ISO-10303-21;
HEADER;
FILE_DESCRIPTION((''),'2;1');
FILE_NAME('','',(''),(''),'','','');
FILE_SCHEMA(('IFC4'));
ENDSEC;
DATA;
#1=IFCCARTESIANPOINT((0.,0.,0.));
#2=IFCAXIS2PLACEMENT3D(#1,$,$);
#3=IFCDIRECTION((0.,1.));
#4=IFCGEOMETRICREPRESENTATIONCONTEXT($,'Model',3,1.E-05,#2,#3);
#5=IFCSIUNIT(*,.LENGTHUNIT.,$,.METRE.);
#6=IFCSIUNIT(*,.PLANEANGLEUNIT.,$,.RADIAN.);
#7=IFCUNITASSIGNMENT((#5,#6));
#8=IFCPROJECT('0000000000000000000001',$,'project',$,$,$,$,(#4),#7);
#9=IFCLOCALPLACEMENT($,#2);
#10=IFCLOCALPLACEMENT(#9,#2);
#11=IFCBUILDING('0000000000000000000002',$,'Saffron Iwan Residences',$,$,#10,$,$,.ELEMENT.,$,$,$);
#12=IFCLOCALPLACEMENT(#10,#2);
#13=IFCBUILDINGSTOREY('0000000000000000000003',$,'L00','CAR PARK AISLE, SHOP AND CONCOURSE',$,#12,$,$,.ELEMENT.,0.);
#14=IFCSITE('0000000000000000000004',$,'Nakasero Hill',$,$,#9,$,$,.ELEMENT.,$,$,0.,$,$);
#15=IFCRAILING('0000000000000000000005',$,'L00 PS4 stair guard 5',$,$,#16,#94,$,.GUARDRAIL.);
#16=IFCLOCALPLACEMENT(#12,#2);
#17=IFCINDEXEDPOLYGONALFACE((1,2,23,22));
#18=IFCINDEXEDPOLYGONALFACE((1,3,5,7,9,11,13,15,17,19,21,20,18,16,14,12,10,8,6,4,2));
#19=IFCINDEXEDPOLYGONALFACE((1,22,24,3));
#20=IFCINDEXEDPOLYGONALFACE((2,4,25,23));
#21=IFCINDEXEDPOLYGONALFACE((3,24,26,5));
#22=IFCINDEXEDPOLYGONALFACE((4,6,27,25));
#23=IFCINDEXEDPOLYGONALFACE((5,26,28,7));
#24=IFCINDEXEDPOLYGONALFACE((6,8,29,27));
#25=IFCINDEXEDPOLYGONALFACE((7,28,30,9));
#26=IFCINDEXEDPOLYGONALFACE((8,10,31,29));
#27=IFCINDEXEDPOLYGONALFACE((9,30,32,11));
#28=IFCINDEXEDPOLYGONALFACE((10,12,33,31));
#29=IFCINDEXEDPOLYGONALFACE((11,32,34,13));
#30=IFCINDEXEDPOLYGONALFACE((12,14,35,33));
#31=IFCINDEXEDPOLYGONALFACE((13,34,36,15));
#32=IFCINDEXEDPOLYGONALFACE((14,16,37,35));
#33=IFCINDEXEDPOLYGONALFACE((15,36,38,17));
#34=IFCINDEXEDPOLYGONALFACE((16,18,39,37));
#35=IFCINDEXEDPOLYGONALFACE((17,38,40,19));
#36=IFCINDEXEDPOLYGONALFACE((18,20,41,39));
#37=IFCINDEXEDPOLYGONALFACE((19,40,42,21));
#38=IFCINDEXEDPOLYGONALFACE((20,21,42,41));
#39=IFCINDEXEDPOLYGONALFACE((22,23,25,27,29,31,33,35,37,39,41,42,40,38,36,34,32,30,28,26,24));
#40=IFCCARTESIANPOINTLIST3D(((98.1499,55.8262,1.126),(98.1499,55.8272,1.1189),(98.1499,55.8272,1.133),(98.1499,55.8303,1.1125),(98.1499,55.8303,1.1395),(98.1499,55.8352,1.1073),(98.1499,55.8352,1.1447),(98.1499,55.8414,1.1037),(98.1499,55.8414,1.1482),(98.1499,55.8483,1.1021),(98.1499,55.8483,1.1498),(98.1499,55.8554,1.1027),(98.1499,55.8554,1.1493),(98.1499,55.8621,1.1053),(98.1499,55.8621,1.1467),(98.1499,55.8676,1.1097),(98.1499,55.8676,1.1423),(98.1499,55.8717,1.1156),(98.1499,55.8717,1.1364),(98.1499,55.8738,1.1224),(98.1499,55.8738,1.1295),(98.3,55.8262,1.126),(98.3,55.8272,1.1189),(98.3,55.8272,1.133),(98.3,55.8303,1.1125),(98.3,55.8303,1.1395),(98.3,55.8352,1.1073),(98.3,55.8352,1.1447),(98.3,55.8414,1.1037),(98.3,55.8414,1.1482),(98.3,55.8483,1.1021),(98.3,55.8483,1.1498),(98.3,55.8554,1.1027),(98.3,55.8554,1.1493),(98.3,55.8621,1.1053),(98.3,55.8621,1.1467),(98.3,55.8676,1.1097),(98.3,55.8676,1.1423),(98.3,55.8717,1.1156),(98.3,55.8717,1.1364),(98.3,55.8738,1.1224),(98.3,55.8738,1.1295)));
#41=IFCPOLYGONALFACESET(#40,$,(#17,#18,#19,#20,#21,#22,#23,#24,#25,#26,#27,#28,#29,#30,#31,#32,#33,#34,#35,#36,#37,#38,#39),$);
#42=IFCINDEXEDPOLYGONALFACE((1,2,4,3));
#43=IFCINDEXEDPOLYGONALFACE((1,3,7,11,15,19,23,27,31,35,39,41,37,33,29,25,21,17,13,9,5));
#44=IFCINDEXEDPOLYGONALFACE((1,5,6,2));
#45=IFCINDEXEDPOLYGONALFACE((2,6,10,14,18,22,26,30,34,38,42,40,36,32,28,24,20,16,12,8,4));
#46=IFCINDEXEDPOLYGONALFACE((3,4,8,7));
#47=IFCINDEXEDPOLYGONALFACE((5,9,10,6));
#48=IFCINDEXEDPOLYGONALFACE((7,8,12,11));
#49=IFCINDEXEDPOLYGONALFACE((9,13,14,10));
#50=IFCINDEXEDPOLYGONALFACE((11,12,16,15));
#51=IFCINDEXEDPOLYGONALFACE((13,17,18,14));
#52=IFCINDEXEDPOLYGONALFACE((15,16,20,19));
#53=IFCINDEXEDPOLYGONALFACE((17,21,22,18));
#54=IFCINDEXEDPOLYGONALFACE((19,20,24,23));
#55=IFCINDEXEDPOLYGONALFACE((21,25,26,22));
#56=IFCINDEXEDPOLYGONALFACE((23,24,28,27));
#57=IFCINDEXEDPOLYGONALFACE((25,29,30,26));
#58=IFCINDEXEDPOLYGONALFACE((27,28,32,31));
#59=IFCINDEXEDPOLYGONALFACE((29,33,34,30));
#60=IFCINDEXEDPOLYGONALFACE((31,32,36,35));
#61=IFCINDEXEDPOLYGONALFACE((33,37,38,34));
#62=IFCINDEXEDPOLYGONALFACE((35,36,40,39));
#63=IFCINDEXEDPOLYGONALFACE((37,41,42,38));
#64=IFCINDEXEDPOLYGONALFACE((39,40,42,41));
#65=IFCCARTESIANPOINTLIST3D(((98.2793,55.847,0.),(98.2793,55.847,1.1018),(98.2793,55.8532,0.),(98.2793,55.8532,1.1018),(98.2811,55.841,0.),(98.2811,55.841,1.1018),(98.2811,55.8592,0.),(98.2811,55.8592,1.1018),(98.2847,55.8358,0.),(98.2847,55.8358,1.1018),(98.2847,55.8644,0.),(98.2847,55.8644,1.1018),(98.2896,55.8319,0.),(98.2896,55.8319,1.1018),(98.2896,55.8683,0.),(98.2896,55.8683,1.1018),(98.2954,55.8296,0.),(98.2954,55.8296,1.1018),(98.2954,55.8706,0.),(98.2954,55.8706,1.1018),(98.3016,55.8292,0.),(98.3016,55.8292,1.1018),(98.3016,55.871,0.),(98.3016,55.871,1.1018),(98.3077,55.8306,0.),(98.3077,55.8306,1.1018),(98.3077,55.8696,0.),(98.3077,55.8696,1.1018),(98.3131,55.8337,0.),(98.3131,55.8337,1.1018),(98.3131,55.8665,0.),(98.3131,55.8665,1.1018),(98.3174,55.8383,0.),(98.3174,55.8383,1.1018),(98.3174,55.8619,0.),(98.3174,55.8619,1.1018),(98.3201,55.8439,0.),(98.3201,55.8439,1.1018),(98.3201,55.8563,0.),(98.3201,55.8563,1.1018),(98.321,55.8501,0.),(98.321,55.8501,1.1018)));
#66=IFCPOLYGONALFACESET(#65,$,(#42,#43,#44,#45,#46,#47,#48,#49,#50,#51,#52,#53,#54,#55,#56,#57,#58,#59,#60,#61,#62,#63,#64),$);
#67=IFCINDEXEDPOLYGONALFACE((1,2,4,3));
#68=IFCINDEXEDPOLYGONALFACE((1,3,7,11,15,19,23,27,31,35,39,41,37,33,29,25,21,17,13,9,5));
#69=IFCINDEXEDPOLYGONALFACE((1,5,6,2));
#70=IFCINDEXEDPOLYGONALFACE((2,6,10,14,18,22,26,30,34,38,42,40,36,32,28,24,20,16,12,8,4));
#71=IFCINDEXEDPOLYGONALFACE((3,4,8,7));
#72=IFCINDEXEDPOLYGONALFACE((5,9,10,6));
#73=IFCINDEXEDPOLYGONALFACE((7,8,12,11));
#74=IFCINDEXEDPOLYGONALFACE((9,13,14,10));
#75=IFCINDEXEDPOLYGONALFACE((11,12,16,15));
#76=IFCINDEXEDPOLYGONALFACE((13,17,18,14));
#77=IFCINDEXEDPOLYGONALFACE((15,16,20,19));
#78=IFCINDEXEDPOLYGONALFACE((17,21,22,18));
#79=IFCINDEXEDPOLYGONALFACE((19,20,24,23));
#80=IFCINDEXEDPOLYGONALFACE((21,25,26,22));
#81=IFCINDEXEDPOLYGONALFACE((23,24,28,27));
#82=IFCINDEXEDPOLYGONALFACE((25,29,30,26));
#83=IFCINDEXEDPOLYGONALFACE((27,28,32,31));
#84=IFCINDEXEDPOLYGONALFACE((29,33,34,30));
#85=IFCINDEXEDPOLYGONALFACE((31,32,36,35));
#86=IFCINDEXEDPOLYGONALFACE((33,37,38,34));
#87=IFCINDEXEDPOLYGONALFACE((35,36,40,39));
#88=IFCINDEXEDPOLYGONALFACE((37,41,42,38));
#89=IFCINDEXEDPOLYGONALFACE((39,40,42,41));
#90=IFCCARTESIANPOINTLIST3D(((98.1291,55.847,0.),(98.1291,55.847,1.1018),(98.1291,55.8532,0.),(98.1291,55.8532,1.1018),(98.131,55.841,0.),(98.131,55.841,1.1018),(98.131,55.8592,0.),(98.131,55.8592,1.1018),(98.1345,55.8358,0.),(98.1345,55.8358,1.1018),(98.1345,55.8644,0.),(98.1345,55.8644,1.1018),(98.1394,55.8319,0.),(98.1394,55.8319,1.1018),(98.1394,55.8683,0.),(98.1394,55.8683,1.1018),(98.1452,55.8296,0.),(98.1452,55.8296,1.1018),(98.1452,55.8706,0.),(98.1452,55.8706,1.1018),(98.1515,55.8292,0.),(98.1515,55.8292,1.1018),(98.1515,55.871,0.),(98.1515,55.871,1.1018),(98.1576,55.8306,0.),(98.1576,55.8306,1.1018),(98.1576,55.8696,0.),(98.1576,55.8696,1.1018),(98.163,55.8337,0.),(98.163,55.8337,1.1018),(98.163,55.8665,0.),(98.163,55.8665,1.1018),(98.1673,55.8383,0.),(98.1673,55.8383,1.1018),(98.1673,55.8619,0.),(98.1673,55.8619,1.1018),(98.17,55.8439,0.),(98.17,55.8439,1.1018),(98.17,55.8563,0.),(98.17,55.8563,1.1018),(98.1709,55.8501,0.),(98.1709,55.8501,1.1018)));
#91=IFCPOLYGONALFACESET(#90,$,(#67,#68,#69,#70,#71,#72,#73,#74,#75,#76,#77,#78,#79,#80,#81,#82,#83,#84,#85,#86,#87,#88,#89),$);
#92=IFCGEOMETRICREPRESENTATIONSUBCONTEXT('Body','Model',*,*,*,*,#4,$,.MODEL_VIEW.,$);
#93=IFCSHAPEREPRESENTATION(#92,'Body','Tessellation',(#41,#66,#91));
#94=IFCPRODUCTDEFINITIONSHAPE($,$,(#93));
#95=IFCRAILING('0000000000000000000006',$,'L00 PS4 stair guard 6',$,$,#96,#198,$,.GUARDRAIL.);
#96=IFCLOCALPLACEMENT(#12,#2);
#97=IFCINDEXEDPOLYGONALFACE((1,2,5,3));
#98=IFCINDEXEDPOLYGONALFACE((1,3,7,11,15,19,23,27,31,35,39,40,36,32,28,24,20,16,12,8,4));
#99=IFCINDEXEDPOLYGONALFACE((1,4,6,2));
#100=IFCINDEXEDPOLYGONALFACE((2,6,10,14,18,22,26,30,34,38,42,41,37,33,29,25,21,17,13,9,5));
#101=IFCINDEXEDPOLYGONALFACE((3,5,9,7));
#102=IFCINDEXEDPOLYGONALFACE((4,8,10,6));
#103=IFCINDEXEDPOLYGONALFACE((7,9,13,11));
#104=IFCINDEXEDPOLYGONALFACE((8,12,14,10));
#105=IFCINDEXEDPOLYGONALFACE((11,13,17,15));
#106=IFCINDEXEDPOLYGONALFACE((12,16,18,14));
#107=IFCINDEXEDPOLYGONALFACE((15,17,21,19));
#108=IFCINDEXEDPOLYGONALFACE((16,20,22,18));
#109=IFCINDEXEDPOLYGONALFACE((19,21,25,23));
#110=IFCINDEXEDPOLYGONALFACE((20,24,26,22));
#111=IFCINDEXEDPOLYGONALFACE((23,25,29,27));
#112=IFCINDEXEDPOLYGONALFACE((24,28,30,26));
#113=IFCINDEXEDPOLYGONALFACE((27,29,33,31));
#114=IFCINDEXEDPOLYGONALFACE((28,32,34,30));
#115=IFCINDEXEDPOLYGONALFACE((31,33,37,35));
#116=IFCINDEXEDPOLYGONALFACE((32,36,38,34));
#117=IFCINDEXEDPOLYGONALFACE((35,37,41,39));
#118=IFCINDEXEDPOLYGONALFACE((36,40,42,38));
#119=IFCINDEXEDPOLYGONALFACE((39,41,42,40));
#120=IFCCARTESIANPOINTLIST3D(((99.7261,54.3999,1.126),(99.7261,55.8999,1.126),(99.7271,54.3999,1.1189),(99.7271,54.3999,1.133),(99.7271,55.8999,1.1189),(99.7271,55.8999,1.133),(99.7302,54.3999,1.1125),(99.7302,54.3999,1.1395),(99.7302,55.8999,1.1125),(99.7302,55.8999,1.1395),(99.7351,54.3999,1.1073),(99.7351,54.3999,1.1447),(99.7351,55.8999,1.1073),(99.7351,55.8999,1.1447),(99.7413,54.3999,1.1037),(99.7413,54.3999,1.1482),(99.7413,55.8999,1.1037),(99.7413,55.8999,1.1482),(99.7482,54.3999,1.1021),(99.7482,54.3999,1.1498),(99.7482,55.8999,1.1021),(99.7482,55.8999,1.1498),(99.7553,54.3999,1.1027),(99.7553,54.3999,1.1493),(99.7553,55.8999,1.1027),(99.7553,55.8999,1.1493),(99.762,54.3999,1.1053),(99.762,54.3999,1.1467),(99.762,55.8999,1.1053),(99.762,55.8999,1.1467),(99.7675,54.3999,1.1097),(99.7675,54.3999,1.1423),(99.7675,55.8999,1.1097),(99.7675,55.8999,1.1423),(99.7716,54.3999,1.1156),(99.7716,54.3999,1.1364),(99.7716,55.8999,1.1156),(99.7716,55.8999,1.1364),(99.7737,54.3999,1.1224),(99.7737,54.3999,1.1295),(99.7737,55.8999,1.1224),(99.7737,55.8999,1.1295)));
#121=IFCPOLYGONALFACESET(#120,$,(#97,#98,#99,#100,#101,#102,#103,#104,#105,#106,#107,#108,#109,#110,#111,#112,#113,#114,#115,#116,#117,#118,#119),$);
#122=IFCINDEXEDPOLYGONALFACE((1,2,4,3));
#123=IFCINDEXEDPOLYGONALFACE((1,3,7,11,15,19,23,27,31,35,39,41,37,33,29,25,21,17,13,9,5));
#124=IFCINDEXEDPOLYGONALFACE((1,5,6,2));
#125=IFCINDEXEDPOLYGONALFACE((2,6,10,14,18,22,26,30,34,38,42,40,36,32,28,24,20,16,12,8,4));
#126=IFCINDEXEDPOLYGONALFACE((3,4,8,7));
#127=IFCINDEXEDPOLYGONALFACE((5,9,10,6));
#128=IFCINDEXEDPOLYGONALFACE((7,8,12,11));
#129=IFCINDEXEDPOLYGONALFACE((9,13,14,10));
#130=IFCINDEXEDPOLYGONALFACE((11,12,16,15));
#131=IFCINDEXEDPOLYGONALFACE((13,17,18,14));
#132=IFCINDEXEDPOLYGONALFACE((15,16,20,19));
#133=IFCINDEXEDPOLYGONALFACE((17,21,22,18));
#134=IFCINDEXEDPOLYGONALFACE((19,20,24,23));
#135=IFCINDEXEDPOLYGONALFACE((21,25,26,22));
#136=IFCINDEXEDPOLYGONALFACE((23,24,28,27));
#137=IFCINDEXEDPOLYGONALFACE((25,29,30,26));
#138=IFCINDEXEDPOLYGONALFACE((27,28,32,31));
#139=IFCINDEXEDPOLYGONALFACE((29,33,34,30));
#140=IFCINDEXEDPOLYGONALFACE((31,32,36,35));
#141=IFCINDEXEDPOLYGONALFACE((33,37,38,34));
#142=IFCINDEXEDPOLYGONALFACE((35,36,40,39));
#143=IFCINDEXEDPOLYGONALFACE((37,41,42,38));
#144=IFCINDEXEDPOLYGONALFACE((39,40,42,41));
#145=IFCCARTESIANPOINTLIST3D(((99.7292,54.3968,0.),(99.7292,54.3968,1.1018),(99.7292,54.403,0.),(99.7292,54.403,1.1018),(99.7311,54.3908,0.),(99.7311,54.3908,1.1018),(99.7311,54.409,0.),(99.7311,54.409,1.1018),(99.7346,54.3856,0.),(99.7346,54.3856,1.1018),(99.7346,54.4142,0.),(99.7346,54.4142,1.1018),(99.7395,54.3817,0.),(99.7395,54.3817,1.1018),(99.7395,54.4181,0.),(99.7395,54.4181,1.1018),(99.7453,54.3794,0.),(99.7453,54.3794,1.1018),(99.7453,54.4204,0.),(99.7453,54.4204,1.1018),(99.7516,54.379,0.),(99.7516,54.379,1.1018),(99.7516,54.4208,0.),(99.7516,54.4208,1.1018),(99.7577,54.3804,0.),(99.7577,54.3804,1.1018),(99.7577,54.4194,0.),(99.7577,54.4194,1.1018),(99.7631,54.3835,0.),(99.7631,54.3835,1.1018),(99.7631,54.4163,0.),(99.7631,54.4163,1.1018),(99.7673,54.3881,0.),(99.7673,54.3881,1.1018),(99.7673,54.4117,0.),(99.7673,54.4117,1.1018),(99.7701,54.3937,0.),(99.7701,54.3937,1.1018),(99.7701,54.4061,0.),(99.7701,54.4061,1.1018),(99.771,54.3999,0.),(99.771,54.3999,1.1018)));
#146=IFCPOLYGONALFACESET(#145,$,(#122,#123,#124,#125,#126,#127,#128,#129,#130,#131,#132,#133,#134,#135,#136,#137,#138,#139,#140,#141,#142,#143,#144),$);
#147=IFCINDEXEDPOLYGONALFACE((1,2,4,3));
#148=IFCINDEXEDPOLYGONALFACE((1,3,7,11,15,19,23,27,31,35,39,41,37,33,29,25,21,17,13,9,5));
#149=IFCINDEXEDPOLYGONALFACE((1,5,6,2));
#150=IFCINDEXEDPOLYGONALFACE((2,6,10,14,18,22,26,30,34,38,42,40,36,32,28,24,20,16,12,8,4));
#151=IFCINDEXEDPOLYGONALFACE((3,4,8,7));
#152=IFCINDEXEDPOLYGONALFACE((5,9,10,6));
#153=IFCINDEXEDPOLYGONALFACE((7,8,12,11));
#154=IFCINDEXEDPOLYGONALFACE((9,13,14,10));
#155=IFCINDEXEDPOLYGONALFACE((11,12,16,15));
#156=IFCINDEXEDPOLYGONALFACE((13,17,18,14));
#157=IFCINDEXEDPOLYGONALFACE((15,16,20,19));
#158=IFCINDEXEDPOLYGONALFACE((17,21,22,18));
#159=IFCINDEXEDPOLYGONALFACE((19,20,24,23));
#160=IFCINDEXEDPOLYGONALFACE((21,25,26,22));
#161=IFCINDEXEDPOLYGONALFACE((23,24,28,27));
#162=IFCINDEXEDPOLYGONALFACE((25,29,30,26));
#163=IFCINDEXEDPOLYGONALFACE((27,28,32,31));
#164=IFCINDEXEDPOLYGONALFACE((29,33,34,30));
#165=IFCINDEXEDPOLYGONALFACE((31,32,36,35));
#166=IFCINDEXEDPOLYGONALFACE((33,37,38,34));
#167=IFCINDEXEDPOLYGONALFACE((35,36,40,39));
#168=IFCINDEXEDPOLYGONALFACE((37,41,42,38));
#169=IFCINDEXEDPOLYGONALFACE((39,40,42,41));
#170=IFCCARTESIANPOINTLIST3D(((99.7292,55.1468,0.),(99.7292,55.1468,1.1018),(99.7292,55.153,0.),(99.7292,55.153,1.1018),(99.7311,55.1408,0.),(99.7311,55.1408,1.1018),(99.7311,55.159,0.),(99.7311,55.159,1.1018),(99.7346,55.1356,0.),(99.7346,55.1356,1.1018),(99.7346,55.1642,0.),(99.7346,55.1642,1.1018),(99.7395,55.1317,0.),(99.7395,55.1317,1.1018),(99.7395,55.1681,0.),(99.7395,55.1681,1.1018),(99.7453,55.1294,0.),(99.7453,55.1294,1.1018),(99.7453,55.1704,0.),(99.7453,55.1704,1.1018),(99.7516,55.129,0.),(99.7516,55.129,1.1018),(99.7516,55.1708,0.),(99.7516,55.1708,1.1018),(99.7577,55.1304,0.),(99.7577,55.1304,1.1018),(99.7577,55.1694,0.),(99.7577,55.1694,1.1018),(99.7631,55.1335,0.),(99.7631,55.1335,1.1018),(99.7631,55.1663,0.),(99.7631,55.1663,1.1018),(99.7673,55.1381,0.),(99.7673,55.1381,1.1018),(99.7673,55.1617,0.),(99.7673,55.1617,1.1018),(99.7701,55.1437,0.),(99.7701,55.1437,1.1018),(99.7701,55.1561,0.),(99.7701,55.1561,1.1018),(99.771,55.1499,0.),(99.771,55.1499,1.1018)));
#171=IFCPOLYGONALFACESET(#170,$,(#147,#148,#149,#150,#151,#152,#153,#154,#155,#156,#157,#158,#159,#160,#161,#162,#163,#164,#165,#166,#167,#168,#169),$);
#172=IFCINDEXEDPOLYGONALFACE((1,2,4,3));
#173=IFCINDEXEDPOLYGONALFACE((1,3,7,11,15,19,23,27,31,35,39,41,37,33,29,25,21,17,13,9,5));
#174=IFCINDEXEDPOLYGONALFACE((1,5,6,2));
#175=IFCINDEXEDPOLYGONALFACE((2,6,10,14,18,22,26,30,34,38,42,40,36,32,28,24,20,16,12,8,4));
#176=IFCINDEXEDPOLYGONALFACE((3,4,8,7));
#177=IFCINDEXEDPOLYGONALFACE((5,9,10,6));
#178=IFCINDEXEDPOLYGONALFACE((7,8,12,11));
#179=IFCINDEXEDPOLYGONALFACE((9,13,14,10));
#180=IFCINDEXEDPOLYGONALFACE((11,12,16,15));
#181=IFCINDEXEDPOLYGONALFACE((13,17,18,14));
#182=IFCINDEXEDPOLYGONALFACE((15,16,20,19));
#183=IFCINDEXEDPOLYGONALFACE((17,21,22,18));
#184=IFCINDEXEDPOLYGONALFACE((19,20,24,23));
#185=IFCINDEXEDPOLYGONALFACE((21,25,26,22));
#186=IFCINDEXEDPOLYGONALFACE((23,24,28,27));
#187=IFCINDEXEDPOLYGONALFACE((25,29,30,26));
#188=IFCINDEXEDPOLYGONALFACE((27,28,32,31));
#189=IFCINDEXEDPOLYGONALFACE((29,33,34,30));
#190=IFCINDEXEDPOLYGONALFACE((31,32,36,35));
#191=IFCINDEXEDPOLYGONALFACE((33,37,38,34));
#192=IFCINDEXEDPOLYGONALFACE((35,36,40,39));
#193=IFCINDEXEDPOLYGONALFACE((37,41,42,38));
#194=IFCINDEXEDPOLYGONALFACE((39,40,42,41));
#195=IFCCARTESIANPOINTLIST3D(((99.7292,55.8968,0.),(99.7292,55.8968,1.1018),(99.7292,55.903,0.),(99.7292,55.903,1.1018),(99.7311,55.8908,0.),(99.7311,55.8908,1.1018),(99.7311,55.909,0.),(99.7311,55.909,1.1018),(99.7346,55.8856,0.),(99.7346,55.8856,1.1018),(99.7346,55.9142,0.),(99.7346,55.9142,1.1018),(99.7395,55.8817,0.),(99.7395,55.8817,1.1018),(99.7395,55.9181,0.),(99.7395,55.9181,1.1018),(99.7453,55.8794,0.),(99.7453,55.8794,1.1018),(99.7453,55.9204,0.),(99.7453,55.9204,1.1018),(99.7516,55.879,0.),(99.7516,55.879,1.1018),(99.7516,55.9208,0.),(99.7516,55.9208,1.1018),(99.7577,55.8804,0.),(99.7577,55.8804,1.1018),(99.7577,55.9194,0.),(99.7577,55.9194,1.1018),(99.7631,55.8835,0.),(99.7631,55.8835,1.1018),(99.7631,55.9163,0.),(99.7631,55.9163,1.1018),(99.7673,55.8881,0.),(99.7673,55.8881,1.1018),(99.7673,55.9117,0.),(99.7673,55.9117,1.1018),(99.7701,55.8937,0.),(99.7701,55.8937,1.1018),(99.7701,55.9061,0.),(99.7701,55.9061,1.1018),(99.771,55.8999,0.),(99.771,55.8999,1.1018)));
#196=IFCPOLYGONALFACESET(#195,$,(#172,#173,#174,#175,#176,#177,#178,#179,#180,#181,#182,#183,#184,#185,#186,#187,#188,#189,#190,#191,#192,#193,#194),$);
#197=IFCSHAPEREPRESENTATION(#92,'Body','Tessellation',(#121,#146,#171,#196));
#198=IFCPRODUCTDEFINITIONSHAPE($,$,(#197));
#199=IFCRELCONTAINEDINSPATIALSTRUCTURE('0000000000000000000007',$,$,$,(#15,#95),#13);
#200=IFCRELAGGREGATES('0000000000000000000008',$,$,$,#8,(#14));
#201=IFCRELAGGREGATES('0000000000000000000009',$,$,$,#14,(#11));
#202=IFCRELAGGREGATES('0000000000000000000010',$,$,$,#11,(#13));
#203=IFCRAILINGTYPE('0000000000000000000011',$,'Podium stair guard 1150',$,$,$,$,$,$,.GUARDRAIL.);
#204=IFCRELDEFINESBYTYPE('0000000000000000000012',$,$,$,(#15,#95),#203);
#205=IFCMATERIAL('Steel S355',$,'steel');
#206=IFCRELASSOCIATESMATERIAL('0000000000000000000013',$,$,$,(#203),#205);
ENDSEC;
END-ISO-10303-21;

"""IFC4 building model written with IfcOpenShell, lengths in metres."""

from ifc_helpers import new_model, si_unit, direction, frame, origin, origin_2d, place, context, subcontext, project, spatial, circle, extrude, material, type_object, element, save


model = new_model("IFC4")

# Units and contexts
model_context = context("Model", 3, precision=1e-05, world=origin(), true_north=direction((0.0, 1.0)))
body_context = subcontext(model_context, "Body", "Model", "MODEL_VIEW")
ifc_project = project(units=[si_unit("LENGTHUNIT", "METRE"), si_unit("PLANEANGLEUNIT", "RADIAN")], contexts=[model_context])

# Site, building, storey
site_placement = place(None, origin())
site = spatial("IfcSite", under=ifc_project, at=site_placement, Name="Nakasero Hill", CompositionType="ELEMENT", RefElevation=0.0)
building_placement = place(site_placement, origin())
building = spatial("IfcBuilding", under=site, at=building_placement, Name="Saffron Iwan Residences", CompositionType="ELEMENT")
storey_placement = place(building_placement, origin())
storey = spatial("IfcBuildingStorey", under=building, at=storey_placement, Name="L00", Description="CAR PARK AISLE, SHOP AND CONCOURSE", CompositionType="ELEMENT", Elevation=0.0)

# Railings
ifc_material_1 = material(Name="Steel S355", Category="steel")
railing_type_1 = type_object("IfcRailingType", Name="Podium stair guard 1150", PredefinedType="GUARDRAIL", material=ifc_material_1)
railing_1_placement = place(storey_placement, frame((98.3, 55.8501, 0.0)))
element("IfcRailing", 1, at=railing_1_placement, inside=storey, type_object=railing_type_1, Name="L00 PS4 stair guard 5", PredefinedType="GUARDRAIL", context=body_context, shape_type="SweptSolid", body=[
    extrude(circle(Radius=0.0239, at=origin_2d()), frame((0.0, 0.0, 1.126), z_axis=(-1.0, 0.0, 0.0), x_axis=(0.0, -1.0, 0.0)), (0.0, 0.0, 1.0), 0.1501),
    extrude(circle(Radius=0.021, at=origin_2d()), origin(), (0.0, 0.0, 1.0), 1.1018),
    extrude(circle(Radius=0.021, at=origin_2d()), frame((-0.1501, 0.0, 0.0)), (0.0, 0.0, 1.0), 1.1018),
])
railing_2_placement = place(storey_placement, frame((99.75, 54.3999, 0.0)))
element("IfcRailing", 2, at=railing_2_placement, inside=storey, type_object=railing_type_1, Name="L00 PS4 stair guard 6", PredefinedType="GUARDRAIL", context=body_context, shape_type="SweptSolid", body=[
    extrude(circle(Radius=0.0239, at=origin_2d()), frame((0.0, 0.0, 1.126), z_axis=(0.0, 1.0, 0.0), x_axis=(-1.0, 0.0, 0.0)), (0.0, 0.0, 1.0), 1.5),
    extrude(circle(Radius=0.021, at=origin_2d()), origin(), (0.0, 0.0, 1.0), 1.1018),
    extrude(circle(Radius=0.021, at=origin_2d()), frame((0.0, 0.75, 0.0)), (0.0, 0.0, 1.0), 1.1018),
    extrude(circle(Radius=0.021, at=origin_2d()), frame((0.0, 1.5, 0.0)), (0.0, 0.0, 1.0), 1.1018),
])

save(model, "model.ifc")
